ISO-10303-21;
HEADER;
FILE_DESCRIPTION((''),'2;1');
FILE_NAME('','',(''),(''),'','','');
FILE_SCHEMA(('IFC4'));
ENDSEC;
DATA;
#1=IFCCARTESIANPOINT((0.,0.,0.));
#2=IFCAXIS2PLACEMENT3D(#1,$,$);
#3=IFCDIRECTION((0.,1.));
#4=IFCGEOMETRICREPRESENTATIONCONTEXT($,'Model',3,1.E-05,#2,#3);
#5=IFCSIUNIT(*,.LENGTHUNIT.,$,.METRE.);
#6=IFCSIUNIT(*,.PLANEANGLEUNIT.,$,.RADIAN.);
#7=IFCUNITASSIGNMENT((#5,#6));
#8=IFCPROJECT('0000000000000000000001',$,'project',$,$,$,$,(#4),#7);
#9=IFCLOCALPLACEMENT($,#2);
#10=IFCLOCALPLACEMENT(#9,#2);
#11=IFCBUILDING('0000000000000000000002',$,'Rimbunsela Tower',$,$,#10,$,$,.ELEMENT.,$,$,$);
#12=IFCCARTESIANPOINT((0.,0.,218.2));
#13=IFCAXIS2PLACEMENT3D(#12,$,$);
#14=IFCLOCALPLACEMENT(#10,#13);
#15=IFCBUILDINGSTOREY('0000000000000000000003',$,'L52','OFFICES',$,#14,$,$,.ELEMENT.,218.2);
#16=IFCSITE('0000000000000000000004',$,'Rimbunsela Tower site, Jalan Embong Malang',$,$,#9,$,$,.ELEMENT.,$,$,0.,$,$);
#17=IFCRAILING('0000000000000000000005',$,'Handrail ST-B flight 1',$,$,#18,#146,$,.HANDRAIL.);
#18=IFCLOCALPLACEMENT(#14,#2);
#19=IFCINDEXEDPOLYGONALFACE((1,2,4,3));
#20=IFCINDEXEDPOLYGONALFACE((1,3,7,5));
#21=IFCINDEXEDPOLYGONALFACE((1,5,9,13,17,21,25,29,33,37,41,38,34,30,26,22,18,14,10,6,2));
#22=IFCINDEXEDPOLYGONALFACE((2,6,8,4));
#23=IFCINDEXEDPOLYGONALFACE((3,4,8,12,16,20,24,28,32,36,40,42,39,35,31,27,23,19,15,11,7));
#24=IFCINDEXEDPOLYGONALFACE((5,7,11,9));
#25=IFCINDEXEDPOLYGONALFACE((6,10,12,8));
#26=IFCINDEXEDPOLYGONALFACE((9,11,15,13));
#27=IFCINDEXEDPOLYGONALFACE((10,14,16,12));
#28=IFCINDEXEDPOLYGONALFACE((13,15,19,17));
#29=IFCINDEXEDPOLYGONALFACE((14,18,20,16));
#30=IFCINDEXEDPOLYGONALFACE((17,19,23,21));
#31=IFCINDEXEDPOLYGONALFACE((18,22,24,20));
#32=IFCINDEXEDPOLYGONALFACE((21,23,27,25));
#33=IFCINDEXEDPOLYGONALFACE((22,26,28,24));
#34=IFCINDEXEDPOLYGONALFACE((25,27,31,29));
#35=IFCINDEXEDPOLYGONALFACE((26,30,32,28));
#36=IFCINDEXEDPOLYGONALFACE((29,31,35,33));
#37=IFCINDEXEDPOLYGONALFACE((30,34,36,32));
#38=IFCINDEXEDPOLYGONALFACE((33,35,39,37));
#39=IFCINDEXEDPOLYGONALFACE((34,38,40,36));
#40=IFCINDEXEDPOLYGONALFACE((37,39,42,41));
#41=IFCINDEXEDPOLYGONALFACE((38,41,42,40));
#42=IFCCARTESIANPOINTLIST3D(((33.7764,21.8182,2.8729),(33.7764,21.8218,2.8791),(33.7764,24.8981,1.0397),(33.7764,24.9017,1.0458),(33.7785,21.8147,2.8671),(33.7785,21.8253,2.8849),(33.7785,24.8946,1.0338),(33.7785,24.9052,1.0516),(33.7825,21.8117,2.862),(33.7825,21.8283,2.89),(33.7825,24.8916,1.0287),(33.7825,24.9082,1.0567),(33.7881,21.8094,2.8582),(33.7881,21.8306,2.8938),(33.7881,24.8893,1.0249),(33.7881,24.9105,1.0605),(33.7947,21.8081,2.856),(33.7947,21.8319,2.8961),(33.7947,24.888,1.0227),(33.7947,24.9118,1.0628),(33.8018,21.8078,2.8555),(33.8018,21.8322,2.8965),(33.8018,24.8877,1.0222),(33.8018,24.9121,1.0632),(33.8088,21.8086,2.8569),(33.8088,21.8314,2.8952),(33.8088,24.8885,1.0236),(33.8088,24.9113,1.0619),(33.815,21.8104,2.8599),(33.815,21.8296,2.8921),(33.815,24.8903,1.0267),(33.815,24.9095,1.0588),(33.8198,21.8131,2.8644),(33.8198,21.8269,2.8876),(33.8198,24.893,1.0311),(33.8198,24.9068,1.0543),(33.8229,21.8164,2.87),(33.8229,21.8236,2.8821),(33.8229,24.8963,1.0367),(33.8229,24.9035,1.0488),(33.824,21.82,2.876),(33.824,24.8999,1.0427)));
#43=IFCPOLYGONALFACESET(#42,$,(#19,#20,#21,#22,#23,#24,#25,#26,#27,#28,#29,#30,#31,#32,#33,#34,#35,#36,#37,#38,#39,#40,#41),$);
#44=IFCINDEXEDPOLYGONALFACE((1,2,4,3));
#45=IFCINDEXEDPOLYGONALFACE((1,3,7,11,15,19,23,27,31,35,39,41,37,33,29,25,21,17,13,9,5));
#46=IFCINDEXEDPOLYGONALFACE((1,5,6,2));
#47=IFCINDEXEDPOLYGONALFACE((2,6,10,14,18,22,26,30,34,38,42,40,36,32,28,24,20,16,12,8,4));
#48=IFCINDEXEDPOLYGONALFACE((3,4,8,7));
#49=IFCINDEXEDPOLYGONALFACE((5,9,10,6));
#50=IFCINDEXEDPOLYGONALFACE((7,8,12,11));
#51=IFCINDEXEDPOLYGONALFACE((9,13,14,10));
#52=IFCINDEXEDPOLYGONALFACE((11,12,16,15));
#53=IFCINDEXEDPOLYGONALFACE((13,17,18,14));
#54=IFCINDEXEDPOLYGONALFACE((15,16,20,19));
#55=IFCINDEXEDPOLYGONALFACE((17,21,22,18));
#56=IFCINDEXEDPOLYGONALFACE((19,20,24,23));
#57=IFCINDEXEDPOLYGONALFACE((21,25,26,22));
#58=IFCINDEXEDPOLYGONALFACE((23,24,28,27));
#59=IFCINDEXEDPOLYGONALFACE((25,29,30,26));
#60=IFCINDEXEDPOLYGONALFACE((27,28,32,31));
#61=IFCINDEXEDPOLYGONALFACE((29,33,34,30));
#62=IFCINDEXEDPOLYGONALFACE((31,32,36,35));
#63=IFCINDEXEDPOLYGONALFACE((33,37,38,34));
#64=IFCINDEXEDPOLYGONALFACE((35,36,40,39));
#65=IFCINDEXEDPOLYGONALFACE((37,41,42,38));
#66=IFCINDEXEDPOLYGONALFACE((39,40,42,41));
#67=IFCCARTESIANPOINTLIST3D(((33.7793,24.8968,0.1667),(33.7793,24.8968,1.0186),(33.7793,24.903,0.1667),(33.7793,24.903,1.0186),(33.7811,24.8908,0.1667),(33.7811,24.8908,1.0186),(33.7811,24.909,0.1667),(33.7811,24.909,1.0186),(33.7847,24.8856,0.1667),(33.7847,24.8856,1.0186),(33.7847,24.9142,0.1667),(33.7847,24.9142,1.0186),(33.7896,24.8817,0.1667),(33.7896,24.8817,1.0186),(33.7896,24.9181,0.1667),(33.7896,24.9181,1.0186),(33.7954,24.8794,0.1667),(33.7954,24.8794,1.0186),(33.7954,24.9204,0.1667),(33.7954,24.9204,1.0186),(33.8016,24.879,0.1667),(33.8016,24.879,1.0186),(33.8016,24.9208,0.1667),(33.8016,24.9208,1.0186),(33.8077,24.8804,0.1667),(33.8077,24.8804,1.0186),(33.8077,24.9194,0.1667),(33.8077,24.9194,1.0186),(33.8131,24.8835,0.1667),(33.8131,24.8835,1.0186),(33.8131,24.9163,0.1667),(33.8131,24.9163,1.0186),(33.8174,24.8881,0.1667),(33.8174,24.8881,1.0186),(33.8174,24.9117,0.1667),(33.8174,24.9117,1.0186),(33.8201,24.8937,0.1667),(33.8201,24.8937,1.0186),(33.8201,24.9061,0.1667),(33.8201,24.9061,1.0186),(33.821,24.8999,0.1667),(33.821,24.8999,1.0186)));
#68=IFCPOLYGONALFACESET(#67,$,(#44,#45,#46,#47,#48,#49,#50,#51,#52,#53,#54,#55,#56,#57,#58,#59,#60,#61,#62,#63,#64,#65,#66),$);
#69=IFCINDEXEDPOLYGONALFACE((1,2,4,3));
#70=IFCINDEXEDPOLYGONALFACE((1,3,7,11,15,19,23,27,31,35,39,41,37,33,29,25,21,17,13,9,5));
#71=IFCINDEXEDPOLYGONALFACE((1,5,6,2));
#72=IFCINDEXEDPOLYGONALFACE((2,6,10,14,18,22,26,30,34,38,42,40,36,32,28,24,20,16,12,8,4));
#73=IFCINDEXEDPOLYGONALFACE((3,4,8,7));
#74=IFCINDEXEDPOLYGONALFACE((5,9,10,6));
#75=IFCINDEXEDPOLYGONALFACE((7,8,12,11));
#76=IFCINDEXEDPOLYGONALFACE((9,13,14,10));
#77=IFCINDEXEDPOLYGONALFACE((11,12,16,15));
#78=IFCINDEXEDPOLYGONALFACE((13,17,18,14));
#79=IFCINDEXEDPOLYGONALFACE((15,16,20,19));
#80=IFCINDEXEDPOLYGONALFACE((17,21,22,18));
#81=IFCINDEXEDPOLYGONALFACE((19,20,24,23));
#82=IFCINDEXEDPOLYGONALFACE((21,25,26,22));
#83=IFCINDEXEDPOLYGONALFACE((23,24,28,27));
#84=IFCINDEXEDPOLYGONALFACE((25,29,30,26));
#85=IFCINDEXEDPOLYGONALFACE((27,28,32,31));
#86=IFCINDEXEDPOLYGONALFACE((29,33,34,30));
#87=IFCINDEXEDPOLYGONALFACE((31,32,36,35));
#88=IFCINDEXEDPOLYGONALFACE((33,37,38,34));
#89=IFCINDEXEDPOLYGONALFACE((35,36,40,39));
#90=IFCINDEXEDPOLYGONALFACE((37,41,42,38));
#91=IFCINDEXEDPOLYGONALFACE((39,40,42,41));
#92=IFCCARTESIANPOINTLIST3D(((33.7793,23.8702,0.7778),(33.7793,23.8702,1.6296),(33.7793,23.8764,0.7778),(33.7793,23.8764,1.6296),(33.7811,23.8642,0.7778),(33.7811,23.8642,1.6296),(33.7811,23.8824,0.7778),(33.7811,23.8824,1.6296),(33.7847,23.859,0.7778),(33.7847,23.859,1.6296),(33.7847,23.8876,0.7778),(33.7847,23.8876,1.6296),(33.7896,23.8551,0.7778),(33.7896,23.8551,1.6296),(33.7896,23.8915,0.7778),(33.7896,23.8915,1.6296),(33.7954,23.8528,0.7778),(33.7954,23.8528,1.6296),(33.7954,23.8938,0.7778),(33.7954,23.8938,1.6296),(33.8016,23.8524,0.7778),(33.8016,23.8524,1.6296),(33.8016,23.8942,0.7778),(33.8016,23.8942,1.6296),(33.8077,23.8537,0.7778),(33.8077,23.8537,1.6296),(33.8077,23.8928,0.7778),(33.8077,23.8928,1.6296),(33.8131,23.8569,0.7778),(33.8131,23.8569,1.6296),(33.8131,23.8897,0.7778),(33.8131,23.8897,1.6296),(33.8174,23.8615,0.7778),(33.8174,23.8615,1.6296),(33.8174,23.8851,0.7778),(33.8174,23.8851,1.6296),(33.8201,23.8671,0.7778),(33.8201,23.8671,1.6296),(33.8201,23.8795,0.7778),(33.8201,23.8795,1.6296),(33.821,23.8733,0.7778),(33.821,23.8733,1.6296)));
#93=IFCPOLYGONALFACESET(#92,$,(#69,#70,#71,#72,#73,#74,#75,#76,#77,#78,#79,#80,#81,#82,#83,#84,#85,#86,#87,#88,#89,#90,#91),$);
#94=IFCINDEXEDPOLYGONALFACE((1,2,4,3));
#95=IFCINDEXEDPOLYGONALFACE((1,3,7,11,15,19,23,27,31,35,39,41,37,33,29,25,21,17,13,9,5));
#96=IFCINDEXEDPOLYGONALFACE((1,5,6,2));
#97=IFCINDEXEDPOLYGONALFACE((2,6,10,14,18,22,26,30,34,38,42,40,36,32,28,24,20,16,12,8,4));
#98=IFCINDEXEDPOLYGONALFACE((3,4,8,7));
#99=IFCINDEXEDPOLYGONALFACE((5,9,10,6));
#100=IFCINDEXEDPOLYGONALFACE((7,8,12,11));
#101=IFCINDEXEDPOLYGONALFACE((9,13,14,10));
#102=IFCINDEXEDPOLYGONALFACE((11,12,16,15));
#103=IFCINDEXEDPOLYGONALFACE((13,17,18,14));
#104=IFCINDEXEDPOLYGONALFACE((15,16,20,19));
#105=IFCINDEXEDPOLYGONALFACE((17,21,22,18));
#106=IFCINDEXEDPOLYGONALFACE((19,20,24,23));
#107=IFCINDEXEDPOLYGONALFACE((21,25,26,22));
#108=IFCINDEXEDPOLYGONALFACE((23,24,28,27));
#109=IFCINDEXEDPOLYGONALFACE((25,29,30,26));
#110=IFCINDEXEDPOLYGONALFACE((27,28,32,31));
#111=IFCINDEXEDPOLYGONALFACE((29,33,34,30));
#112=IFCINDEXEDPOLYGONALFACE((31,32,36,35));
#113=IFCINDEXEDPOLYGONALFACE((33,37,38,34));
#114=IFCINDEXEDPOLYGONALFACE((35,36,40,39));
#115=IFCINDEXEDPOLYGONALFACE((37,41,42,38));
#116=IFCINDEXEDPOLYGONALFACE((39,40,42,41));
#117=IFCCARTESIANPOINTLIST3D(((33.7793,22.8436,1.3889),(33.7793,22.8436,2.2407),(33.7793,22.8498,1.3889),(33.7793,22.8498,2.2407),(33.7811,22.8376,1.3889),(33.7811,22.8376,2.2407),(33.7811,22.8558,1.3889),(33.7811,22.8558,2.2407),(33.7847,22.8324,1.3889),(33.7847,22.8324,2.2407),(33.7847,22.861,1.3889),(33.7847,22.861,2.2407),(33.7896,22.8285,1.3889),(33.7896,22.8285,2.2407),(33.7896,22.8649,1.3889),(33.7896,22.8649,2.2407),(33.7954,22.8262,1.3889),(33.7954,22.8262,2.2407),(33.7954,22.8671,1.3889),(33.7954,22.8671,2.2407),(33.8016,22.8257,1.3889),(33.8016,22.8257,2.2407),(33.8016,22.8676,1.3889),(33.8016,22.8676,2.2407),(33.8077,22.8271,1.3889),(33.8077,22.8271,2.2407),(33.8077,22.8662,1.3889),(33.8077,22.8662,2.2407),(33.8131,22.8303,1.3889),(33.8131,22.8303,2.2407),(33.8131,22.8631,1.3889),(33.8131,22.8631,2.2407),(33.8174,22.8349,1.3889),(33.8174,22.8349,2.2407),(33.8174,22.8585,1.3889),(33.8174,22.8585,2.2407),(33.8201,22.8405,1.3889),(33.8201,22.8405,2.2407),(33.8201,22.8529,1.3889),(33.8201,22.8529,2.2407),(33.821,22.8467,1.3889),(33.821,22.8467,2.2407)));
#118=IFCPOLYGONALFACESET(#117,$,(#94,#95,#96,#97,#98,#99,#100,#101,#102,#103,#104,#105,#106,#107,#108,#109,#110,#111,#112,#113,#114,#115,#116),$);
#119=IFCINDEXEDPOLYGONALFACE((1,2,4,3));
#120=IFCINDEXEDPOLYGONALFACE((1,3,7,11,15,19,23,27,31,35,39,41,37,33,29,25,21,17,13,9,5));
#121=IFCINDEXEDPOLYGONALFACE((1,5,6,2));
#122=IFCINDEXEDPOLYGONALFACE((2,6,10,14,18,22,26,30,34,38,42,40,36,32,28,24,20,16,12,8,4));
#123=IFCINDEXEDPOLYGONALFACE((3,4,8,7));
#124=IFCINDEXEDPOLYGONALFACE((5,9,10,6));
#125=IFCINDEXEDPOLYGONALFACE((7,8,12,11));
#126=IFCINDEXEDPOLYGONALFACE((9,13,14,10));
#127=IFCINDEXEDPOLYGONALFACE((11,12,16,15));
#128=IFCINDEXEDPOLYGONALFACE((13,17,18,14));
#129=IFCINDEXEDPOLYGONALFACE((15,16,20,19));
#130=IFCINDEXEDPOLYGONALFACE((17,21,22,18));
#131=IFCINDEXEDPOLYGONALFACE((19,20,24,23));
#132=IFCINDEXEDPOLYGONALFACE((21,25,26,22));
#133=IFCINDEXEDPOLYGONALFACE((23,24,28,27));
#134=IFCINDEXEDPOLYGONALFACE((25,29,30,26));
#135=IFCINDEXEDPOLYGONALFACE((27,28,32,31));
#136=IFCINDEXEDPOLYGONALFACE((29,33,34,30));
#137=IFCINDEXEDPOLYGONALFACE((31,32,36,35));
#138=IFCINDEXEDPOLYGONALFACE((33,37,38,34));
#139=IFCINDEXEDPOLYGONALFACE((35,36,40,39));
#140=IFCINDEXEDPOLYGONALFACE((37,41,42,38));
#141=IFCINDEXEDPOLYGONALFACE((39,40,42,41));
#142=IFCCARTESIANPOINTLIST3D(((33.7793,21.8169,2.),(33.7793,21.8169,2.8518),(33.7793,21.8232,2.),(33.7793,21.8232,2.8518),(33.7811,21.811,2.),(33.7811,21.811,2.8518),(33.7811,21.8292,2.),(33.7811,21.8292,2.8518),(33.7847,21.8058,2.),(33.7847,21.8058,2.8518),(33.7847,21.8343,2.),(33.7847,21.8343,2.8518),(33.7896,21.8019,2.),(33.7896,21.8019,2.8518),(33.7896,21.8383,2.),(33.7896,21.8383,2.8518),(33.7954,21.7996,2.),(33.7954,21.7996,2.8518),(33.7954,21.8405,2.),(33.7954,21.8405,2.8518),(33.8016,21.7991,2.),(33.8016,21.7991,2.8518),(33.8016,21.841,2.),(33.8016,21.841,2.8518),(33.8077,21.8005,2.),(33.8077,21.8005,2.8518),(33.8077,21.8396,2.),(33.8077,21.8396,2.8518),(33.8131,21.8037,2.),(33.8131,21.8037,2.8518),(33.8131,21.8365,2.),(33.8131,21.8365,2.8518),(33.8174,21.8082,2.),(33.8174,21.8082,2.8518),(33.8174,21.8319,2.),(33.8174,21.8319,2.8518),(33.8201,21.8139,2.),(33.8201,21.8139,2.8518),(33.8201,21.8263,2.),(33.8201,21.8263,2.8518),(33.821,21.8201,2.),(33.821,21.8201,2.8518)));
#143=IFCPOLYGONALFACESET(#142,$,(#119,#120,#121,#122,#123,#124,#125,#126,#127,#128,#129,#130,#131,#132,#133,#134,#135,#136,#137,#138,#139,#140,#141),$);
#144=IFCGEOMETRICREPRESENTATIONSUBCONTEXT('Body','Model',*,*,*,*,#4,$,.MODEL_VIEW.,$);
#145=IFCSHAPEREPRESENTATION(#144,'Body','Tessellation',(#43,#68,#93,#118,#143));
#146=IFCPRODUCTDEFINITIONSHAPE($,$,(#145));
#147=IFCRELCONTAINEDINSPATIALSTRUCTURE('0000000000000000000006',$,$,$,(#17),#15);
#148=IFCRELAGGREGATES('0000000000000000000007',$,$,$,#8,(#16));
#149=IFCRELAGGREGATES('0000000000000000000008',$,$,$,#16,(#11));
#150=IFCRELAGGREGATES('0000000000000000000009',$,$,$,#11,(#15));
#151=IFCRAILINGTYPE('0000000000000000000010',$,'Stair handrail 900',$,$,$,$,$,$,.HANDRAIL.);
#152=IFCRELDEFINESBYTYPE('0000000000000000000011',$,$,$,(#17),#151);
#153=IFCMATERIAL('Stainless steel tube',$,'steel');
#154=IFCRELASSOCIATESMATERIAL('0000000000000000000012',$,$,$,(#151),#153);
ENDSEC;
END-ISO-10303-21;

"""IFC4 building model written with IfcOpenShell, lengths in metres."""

from ifc_helpers import new_model, si_unit, direction, frame, origin, origin_2d, place, context, subcontext, project, spatial, circle, extrude, material, type_object, element, save


model = new_model("IFC4")

# Units and contexts
model_context = context("Model", 3, precision=1e-05, world=origin(), true_north=direction((0.0, 1.0)))
body_context = subcontext(model_context, "Body", "Model", "MODEL_VIEW")
ifc_project = project(units=[si_unit("LENGTHUNIT", "METRE"), si_unit("PLANEANGLEUNIT", "RADIAN")], contexts=[model_context])

# Site, building, storey
site_placement = place(None, origin())
site = spatial("IfcSite", under=ifc_project, at=site_placement, Name="Rimbunsela Tower site, Jalan Embong Malang", CompositionType="ELEMENT", RefElevation=0.0)
building_placement = place(site_placement, origin())
building = spatial("IfcBuilding", under=site, at=building_placement, Name="Rimbunsela Tower", CompositionType="ELEMENT")
storey_placement = place(building_placement, frame((0.0, 0.0, 218.2)))
storey = spatial("IfcBuildingStorey", under=building, at=storey_placement, Name="L52", Description="OFFICES", CompositionType="ELEMENT", Elevation=218.2)

# Railing
ifc_material_1 = material(Name="Stainless steel tube", Category="steel")
railing_type = type_object("IfcRailingType", Name="Stair handrail 900", PredefinedType="HANDRAIL", material=ifc_material_1)
railing_1_placement = place(storey_placement, frame((33.8, 24.8999, 0.1667)))
element("IfcRailing", 1, at=railing_1_placement, inside=storey, type_object=railing_type, Name="Handrail ST-B flight 1", PredefinedType="HANDRAIL", context=body_context, shape_type="SweptSolid", body=[
    extrude(circle(Radius=0.0239, at=origin_2d()), frame((0.0, 0.0, 0.876), z_axis=(0.0, -0.859291, 0.511487), x_axis=(1.0, 0.0, 0.0)), (0.0, 0.0, 1.0), 3.5842),
    extrude(circle(Radius=0.021, at=origin_2d()), origin(), (0.0, 0.0, 1.0), 0.8518),
    extrude(circle(Radius=0.021, at=origin_2d()), frame((0.0, -1.0266, 0.6111)), (0.0, 0.0, 1.0), 0.8518),
    extrude(circle(Radius=0.021, at=origin_2d()), frame((0.0, -2.0532, 1.2222)), (0.0, 0.0, 1.0), 0.8518),
    extrude(circle(Radius=0.021, at=origin_2d()), frame((0.0, -3.0798, 1.8333)), (0.0, 0.0, 1.0), 0.8518),
])

save(model, "model.ifc")
